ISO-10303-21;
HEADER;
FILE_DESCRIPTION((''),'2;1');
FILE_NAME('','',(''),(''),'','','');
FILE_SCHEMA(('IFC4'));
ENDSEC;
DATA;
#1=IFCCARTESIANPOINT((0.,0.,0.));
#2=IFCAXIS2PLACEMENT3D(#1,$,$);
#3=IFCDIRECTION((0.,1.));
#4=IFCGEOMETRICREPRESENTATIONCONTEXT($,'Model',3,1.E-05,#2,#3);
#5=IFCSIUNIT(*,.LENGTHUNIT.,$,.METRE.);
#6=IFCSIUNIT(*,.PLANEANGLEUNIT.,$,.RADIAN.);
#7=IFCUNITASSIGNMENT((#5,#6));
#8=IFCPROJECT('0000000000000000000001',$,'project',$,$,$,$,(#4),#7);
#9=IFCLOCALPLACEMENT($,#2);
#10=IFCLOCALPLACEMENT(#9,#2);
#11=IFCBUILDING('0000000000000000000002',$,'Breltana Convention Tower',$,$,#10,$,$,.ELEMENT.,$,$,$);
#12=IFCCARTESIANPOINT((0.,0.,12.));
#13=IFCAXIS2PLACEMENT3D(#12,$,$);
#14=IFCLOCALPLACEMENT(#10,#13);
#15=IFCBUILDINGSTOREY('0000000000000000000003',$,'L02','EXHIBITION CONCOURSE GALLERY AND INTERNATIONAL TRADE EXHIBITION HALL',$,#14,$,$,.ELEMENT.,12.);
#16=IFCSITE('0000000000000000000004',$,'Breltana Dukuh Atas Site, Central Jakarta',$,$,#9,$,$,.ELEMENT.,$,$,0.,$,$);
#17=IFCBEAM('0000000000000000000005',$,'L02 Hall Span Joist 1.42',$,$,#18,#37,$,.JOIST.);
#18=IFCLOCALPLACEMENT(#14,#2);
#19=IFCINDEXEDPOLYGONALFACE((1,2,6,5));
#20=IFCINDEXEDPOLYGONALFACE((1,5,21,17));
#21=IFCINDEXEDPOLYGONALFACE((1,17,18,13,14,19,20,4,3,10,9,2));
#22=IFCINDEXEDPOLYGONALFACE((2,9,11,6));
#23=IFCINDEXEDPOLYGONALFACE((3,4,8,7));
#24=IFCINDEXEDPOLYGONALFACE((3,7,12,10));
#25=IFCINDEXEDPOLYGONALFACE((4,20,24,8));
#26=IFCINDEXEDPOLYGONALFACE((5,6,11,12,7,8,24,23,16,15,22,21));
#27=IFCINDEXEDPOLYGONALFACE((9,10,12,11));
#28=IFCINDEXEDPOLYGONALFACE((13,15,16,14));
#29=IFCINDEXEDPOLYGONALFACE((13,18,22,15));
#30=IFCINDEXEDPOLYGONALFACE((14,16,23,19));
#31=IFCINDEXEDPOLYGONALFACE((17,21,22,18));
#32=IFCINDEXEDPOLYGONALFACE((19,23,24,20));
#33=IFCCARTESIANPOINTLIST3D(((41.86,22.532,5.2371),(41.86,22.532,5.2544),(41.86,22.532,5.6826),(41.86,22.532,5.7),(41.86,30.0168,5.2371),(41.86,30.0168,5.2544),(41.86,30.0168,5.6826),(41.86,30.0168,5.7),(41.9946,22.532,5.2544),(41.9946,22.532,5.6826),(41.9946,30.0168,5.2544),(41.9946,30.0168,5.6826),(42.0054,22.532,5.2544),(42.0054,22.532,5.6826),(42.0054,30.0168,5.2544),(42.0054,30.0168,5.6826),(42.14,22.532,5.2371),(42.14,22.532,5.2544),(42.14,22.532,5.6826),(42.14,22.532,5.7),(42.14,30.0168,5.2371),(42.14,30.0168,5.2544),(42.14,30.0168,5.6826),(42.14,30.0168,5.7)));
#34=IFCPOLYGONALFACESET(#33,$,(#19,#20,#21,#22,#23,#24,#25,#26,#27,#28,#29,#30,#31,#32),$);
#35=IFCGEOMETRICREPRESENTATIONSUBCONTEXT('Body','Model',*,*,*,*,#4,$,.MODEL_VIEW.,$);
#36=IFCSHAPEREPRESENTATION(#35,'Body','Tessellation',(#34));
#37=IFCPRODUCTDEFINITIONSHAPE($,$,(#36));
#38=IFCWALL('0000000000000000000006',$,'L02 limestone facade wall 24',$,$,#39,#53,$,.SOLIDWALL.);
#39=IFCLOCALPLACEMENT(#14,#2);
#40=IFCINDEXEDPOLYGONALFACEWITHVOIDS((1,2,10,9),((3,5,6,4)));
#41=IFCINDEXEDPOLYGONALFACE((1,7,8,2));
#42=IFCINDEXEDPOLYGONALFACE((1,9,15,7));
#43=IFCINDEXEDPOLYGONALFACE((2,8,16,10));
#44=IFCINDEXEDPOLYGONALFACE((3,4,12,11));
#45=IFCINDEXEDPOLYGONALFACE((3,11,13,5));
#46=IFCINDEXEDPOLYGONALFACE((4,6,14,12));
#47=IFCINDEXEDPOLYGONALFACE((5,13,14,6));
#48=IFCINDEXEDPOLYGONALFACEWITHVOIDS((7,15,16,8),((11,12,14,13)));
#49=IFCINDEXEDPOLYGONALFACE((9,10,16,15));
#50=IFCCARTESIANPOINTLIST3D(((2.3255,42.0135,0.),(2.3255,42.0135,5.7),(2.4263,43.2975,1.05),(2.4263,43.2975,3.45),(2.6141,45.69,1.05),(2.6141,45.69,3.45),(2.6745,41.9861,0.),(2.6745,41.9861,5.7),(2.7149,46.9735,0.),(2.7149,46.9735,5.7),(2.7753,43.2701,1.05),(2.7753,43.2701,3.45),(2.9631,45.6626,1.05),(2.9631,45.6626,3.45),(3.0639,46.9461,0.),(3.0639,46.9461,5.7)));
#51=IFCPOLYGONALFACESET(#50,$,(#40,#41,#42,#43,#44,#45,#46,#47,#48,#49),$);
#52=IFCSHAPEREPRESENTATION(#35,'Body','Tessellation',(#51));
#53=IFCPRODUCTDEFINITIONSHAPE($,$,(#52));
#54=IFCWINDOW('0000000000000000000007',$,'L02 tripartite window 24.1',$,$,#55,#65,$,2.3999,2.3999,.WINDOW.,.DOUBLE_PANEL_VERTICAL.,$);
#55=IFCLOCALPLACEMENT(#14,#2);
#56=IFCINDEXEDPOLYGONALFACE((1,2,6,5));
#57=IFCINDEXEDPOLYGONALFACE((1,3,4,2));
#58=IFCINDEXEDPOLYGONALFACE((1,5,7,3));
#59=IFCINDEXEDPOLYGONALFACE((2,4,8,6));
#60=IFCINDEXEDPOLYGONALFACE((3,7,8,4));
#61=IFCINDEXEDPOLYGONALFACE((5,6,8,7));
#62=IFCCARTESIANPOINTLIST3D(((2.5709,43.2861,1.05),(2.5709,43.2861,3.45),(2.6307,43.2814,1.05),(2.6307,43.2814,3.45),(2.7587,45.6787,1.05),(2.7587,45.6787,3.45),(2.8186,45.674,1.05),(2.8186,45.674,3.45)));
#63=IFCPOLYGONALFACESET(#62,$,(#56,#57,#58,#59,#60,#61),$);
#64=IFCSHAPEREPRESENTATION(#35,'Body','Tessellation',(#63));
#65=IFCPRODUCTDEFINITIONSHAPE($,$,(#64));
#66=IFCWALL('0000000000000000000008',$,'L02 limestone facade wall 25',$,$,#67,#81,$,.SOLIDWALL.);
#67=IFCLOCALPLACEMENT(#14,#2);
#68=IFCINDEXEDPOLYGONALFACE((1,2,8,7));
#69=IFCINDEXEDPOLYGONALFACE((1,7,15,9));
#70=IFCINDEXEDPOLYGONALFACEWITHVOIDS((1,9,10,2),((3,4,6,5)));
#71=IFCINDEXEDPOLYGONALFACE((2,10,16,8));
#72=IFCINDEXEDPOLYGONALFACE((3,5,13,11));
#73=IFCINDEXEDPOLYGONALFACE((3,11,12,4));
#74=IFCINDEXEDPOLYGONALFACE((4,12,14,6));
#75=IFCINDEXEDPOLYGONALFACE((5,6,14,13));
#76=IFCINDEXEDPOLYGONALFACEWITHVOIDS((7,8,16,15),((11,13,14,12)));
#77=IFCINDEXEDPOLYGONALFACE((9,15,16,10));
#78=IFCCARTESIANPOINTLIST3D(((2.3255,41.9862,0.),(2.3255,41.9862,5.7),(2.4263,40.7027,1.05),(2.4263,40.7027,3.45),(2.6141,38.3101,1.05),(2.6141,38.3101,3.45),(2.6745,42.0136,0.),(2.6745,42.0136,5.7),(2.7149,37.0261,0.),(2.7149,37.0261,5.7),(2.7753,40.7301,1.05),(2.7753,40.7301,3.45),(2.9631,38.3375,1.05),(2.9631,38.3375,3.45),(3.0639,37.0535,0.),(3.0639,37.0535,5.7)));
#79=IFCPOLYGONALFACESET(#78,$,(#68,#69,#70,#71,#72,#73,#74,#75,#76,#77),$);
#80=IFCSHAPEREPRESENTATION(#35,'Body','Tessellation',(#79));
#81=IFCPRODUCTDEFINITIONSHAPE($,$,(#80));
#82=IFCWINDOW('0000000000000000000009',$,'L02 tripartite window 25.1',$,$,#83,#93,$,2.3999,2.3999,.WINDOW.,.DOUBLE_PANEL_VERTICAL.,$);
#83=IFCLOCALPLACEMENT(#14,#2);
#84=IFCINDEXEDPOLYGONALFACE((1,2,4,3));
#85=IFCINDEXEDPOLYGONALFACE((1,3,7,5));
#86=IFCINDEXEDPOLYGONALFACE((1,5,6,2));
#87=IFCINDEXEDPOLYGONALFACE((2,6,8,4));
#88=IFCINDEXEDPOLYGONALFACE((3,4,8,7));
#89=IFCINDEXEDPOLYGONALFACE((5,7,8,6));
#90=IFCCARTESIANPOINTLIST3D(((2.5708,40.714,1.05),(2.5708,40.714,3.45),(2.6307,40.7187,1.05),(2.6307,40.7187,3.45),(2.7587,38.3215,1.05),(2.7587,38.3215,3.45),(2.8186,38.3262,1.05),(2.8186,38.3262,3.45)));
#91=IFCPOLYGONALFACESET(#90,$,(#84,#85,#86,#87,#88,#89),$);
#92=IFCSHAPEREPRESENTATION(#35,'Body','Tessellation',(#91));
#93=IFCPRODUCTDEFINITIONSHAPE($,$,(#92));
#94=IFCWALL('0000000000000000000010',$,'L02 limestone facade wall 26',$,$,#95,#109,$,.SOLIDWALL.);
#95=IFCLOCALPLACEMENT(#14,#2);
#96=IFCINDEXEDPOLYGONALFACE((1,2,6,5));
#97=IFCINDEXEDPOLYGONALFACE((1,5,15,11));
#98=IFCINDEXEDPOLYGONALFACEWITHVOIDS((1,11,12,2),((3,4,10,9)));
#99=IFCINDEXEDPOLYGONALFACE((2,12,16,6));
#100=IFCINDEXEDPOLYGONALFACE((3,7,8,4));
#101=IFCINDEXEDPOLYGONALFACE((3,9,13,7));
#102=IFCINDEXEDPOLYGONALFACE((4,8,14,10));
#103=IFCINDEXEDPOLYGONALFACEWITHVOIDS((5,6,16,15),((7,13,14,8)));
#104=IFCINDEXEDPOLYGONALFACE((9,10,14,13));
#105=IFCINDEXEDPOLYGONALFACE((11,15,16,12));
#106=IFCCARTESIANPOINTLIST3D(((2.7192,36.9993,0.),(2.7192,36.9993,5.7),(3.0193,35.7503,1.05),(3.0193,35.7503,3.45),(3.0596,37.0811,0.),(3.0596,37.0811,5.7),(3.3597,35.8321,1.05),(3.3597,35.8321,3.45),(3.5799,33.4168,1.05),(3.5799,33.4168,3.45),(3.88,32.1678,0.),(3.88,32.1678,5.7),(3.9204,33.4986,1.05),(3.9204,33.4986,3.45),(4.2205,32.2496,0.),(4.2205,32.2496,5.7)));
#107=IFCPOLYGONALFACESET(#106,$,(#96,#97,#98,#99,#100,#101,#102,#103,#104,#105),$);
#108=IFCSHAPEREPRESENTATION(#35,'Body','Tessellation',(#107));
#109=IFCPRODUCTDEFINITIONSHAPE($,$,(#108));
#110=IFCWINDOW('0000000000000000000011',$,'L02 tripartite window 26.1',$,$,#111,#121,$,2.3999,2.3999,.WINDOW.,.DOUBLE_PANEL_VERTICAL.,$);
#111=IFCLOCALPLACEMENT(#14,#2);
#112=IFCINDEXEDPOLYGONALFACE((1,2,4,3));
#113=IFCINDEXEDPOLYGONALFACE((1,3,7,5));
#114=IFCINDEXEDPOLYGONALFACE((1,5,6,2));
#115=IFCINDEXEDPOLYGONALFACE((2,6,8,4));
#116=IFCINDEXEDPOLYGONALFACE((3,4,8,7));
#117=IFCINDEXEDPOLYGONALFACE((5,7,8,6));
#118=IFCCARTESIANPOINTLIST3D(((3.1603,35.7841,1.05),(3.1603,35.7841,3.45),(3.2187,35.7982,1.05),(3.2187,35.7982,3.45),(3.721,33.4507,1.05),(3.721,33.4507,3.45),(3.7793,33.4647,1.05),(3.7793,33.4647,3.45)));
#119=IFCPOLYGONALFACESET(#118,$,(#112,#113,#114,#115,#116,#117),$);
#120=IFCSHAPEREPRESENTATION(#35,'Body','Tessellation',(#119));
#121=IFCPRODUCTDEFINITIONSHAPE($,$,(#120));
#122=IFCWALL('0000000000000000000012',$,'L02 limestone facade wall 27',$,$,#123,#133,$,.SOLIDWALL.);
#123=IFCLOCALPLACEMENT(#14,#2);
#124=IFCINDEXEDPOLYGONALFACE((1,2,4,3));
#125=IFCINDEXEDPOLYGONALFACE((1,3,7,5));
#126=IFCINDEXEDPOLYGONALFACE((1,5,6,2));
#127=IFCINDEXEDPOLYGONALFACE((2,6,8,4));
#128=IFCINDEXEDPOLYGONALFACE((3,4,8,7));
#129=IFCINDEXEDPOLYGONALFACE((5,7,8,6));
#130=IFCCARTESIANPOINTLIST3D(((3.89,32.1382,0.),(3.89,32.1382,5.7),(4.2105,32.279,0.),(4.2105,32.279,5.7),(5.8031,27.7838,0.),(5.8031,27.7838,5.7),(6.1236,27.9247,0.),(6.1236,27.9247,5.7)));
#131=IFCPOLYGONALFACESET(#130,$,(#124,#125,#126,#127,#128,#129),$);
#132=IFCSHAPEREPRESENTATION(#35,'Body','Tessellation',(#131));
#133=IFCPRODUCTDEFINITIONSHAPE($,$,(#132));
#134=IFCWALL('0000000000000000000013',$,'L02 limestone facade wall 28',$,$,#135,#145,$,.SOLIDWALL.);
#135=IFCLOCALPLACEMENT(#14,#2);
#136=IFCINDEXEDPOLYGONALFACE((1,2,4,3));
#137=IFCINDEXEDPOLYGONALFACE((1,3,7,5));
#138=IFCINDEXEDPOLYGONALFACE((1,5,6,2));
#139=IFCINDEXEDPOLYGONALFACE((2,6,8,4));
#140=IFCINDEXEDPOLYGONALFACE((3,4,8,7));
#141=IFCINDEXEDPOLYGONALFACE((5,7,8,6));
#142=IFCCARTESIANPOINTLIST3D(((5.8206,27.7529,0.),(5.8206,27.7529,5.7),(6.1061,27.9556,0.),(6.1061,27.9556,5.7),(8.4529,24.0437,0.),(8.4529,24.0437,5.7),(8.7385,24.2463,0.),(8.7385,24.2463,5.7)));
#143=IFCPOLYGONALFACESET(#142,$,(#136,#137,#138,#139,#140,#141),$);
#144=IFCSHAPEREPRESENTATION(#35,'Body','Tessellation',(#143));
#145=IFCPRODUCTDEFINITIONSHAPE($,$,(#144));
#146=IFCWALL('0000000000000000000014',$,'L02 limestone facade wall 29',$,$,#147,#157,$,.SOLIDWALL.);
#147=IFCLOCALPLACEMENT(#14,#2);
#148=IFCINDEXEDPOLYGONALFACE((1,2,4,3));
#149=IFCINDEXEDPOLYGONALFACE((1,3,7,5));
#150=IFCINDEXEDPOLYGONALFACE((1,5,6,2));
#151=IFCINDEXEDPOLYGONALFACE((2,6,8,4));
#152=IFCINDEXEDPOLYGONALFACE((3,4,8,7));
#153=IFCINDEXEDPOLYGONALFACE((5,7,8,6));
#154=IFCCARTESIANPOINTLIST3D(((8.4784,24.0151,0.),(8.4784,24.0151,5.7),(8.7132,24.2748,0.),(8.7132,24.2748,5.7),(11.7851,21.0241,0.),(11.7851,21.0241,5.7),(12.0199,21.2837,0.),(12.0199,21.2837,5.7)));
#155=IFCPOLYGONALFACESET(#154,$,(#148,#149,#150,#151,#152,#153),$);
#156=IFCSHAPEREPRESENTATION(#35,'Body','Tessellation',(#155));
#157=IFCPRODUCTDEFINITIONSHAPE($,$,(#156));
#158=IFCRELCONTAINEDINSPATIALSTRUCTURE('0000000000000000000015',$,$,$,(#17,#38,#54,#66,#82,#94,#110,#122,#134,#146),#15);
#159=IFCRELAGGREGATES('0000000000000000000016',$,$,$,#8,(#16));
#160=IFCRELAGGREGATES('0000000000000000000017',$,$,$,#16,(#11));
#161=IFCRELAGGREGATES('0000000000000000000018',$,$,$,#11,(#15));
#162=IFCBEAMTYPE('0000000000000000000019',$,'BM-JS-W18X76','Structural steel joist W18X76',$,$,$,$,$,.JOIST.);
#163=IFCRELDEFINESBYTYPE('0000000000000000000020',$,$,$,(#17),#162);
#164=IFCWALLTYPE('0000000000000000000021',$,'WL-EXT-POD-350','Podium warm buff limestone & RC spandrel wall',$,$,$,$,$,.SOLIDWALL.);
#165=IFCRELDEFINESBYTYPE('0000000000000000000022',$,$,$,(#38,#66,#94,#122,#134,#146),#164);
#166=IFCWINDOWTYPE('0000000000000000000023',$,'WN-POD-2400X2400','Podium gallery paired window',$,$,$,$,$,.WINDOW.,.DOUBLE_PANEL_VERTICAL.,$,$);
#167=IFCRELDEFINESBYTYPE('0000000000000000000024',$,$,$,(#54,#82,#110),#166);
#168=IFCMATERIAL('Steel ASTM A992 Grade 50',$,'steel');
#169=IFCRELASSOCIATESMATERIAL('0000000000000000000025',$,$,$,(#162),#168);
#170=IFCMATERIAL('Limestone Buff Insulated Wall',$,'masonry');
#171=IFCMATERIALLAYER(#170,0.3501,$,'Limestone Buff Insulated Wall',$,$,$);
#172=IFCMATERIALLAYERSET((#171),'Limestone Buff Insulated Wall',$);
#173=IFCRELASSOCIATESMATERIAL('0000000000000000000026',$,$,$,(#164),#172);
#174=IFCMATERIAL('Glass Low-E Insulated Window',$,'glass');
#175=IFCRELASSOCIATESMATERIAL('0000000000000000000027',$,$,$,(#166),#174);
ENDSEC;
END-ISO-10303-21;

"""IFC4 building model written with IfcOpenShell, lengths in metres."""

from ifc_helpers import new_model, si_unit, direction, frame, frame_2d, origin, origin_2d, place, context, subcontext, project, spatial, rectangle, i_section, extrude, source, transform, mapped, material, layer, layer_set, material_profile, profile_set, type_object, type_shapes, element, fill, save


model = new_model("IFC4")

# Units and contexts
model_context = context("Model", 3, precision=1e-05, world=origin(), true_north=direction((0.0, 1.0)))
body_context = subcontext(model_context, "Body", "Model", "MODEL_VIEW")
ifc_project = project(units=[si_unit("LENGTHUNIT", "METRE"), si_unit("PLANEANGLEUNIT", "RADIAN")], contexts=[model_context])

# Site, building, storey
site_placement = place(None, origin())
site = spatial("IfcSite", under=ifc_project, at=site_placement, Name="Breltana Dukuh Atas Site, Central Jakarta", CompositionType="ELEMENT", RefElevation=0.0)
building_placement = place(site_placement, origin())
building = spatial("IfcBuilding", under=site, at=building_placement, Name="Breltana Convention Tower", CompositionType="ELEMENT")
storey_placement = place(building_placement, frame((0.0, 0.0, 12.0)))
storey = spatial("IfcBuildingStorey", under=building, at=storey_placement, Name="L02", Description="EXHIBITION CONCOURSE GALLERY AND INTERNATIONAL TRADE EXHIBITION HALL", CompositionType="ELEMENT", Elevation=12.0)

# Beam
ifc_material_1 = material(Name="Steel ASTM A992 Grade 50", Category="steel")
ifc_material_profile_1 = material_profile(ifc_material_1, i_section(OverallWidth=0.28, OverallDepth=0.4629, WebThickness=0.0107, FlangeThickness=0.0173, at=origin_2d()), Name="W18X76")
ifc_profile_set_1 = profile_set([ifc_material_profile_1], Name="Steel ASTM A992 Grade 50")
beam_type_1 = type_object("IfcBeamType", Name="BM-JS-W18X76", Description="Structural steel joist W18X76", PredefinedType="JOIST", material=ifc_profile_set_1)
shared_shape_1 = source(origin(), body_context, "Body", "SweptSolid", [
    extrude(i_section(OverallWidth=0.28, OverallDepth=0.4629, WebThickness=0.0107, FlangeThickness=0.0173, at=origin_2d()), origin(), (0.0, 0.0, 1.0), 7.4849),
])
type_shapes(beam_type_1, [shared_shape_1])
for number, where, z_axis, x_axis, name in (
    (1, (42.0, 22.532, 5.4685), (0.0, 1.0, 0.0), (-1.0, 0.0, 0.0), "L02 Hall Span Joist 1.42"),
):
    element("IfcBeam", number, at=place(storey_placement, frame(where, z_axis=z_axis, x_axis=x_axis)), inside=storey, type_object=beam_type_1, Name=name, PredefinedType="JOIST", context=body_context, shape_type="MappedRepresentation", body=[
        mapped(shared_shape_1, transform((0.0, 0.0, 0.0), scale=1.0)),
    ])

# Walls, openings, windows
ifc_material_2 = material(Name="Limestone Buff Insulated Wall", Category="masonry")
ifc_layer_1 = layer(ifc_material_2, 0.3501, Name="Limestone Buff Insulated Wall")
ifc_layer_set_1 = layer_set([ifc_layer_1], Name="Limestone Buff Insulated Wall")
wall_type_1 = type_object("IfcWallType", Name="WL-EXT-POD-350", Description="Podium warm buff limestone & RC spandrel wall", PredefinedType="SOLIDWALL", material=ifc_layer_set_1)
shared_shape_2 = source(origin(), body_context, "Body", "SweptSolid", [
    extrude(rectangle(XDim=4.9753, YDim=0.3501, at=frame_2d((2.4878, 0.0))), origin(), (0.0, 0.0, 1.0), 5.7),
])
type_shapes(wall_type_1, [shared_shape_2])
wall_1_placement = place(storey_placement, frame((2.8894, 46.96, 0.0), z_axis=(0.0, 0.0, 1.0), x_axis=(-0.078269, -0.996932, 0.0)))
wall_1 = element("IfcWall", 2, at=wall_1_placement, inside=storey, type_object=wall_type_1, Name="L02 limestone facade wall 24", PredefinedType="SOLIDWALL", context=body_context, shape_type="MappedRepresentation", body=[
    mapped(shared_shape_2, transform((0.0, 0.0, 0.0), scale=1.0)),
])
opening_1_placement = place(wall_1_placement, frame((1.2876, 0.0, 1.05)))
opening_1 = element("IfcOpeningElement", 3, at=opening_1_placement, cuts=wall_1, PredefinedType="OPENING", context=body_context, shape_type="SweptSolid", body=[
    extrude(rectangle(XDim=2.3999, YDim=2.3999, at=frame_2d((1.2, 1.2))), frame((0.0, 0.1851, 0.0), z_axis=(0.0, -1.0, 0.0), x_axis=(1.0, 0.0, 0.0)), (0.0, 0.0, 1.0), 0.3701),
])
ifc_material_3 = material(Name="Glass Low-E Insulated Window", Category="glass")
window_type = type_object("IfcWindowType", Name="WN-POD-2400X2400", Description="Podium gallery paired window", PartitioningType="DOUBLE_PANEL_VERTICAL", PredefinedType="WINDOW", material=ifc_material_3)
shared_shape_3 = source(origin(), body_context, "Body", "SweptSolid", [
    extrude(rectangle(XDim=2.3999, YDim=2.3999, at=frame_2d((1.2, 1.2))), frame((0.0, 0.03, 0.0), z_axis=(0.0, -1.0, 0.0), x_axis=(1.0, 0.0, 0.0)), (0.0, 0.0, 1.0), 0.0601),
])
type_shapes(window_type, [shared_shape_3])
window_1_placement = place(opening_1_placement, origin())
window_1 = element("IfcWindow", 4, at=window_1_placement, inside=storey, type_object=window_type, Name="L02 tripartite window 24.1", OverallHeight=2.3999, OverallWidth=2.3999, PartitioningType="DOUBLE_PANEL_VERTICAL", PredefinedType="WINDOW", context=body_context, shape_type="MappedRepresentation", body=[
    mapped(shared_shape_3, transform((0.0, 0.0, 0.0), scale=1.0)),
])
fill(opening_1, window_1)
wall_2_placement = place(storey_placement, frame((2.5, 42.0, 0.0), z_axis=(0.0, 0.0, 1.0), x_axis=(0.078269, -0.996932, 0.0)))
wall_2 = element("IfcWall", 5, at=wall_2_placement, inside=storey, type_object=wall_type_1, Name="L02 limestone facade wall 25", PredefinedType="SOLIDWALL", context=body_context, shape_type="MappedRepresentation", body=[
    mapped(shared_shape_2, transform((0.0, 0.0, 0.0), scale=1.0)),
])
opening_2_placement = place(wall_2_placement, frame((1.2876, 0.0, 1.05)))
opening_2 = element("IfcOpeningElement", 6, at=opening_2_placement, cuts=wall_2, PredefinedType="OPENING", context=body_context, shape_type="SweptSolid", body=[
    extrude(rectangle(XDim=2.3999, YDim=2.3999, at=frame_2d((1.2, 1.2))), frame((0.0, 0.1851, 0.0), z_axis=(0.0, -1.0, 0.0), x_axis=(1.0, 0.0, 0.0)), (0.0, 0.0, 1.0), 0.3701),
])
window_2_placement = place(opening_2_placement, origin())
window_2 = element("IfcWindow", 7, at=window_2_placement, inside=storey, type_object=window_type, Name="L02 tripartite window 25.1", OverallHeight=2.3999, OverallWidth=2.3999, PartitioningType="DOUBLE_PANEL_VERTICAL", PredefinedType="WINDOW", context=body_context, shape_type="MappedRepresentation", body=[
    mapped(shared_shape_3, transform((0.0, 0.0, 0.0), scale=1.0)),
])
fill(opening_2, window_2)
shared_shape_4 = source(origin(), body_context, "Body", "SweptSolid", [
    extrude(rectangle(XDim=4.969, YDim=0.3501, at=frame_2d((2.4844, 0.0))), origin(), (0.0, 0.0, 1.0), 5.7),
])
wall_3_placement = place(storey_placement, frame((2.8894, 37.04, 0.0), z_axis=(0.0, 0.0, 1.0), x_axis=(0.233624, -0.972327, 0.0)))
wall_3 = element("IfcWall", 8, at=wall_3_placement, inside=storey, type_object=wall_type_1, Name="L02 limestone facade wall 26", PredefinedType="SOLIDWALL", context=body_context, shape_type="MappedRepresentation", body=[
    mapped(shared_shape_4, transform((0.0, 0.0, 0.0), scale=1.0)),
])
opening_3_placement = place(wall_3_placement, frame((1.2844, 0.0, 1.05)))
opening_3 = element("IfcOpeningElement", 9, at=opening_3_placement, cuts=wall_3, PredefinedType="OPENING", context=body_context, shape_type="SweptSolid", body=[
    extrude(rectangle(XDim=2.3999, YDim=2.3999, at=frame_2d((1.2, 1.2))), frame((0.0, 0.1851, 0.0), z_axis=(0.0, -1.0, 0.0), x_axis=(1.0, 0.0, 0.0)), (0.0, 0.0, 1.0), 0.3701),
])
window_3_placement = place(opening_3_placement, origin())
window_3 = element("IfcWindow", 10, at=window_3_placement, inside=storey, type_object=window_type, Name="L02 tripartite window 26.1", OverallHeight=2.3999, OverallWidth=2.3999, PartitioningType="DOUBLE_PANEL_VERTICAL", PredefinedType="WINDOW", context=body_context, shape_type="MappedRepresentation", body=[
    mapped(shared_shape_3, transform((0.0, 0.0, 0.0), scale=1.0)),
])
fill(opening_3, window_3)

# Walls
shared_shape_5 = source(origin(), body_context, "Body", "SweptSolid", [
    extrude(rectangle(XDim=4.7561, YDim=0.3501, at=frame_2d((2.3779, 0.0))), origin(), (0.0, 0.0, 1.0), 5.7),
])
wall_4_placement = place(storey_placement, frame((4.0503, 32.2085, 0.0), z_axis=(0.0, 0.0, 1.0), x_axis=(0.402248, -0.915531, 0.0)))
element("IfcWall", 11, at=wall_4_placement, inside=storey, type_object=wall_type_1, Name="L02 limestone facade wall 27", PredefinedType="SOLIDWALL", context=body_context, shape_type="MappedRepresentation", body=[
    mapped(shared_shape_5, transform((0.0, 0.0, 0.0), scale=1.0)),
])
shared_shape_6 = source(origin(), body_context, "Body", "SweptSolid", [
    extrude(rectangle(XDim=4.5483, YDim=0.3501, at=frame_2d((2.2742, 0.0))), origin(), (0.0, 0.0, 1.0), 5.7),
])
wall_5_placement = place(storey_placement, frame((5.9634, 27.8542, 0.0), z_axis=(0.0, 0.0, 1.0), x_axis=(0.578742, -0.81551, 0.0)))
element("IfcWall", 12, at=wall_5_placement, inside=storey, type_object=wall_type_1, Name="L02 limestone facade wall 28", PredefinedType="SOLIDWALL", context=body_context, shape_type="MappedRepresentation", body=[
    mapped(shared_shape_6, transform((0.0, 0.0, 0.0), scale=1.0)),
])
shared_shape_7 = source(origin(), body_context, "Body", "SweptSolid", [
    extrude(rectangle(XDim=4.4587, YDim=0.3501, at=frame_2d((2.2295, 0.0))), origin(), (0.0, 0.0, 1.0), 5.7),
])
wall_6_placement = place(storey_placement, frame((8.5957, 24.145, 0.0), z_axis=(0.0, 0.0, 1.0), x_axis=(0.74162, -0.67082, 0.0)))
element("IfcWall", 13, at=wall_6_placement, inside=storey, type_object=wall_type_1, Name="L02 limestone facade wall 29", PredefinedType="SOLIDWALL", context=body_context, shape_type="MappedRepresentation", body=[
    mapped(shared_shape_7, transform((0.0, 0.0, 0.0), scale=1.0)),
])

save(model, "model.ifc")
